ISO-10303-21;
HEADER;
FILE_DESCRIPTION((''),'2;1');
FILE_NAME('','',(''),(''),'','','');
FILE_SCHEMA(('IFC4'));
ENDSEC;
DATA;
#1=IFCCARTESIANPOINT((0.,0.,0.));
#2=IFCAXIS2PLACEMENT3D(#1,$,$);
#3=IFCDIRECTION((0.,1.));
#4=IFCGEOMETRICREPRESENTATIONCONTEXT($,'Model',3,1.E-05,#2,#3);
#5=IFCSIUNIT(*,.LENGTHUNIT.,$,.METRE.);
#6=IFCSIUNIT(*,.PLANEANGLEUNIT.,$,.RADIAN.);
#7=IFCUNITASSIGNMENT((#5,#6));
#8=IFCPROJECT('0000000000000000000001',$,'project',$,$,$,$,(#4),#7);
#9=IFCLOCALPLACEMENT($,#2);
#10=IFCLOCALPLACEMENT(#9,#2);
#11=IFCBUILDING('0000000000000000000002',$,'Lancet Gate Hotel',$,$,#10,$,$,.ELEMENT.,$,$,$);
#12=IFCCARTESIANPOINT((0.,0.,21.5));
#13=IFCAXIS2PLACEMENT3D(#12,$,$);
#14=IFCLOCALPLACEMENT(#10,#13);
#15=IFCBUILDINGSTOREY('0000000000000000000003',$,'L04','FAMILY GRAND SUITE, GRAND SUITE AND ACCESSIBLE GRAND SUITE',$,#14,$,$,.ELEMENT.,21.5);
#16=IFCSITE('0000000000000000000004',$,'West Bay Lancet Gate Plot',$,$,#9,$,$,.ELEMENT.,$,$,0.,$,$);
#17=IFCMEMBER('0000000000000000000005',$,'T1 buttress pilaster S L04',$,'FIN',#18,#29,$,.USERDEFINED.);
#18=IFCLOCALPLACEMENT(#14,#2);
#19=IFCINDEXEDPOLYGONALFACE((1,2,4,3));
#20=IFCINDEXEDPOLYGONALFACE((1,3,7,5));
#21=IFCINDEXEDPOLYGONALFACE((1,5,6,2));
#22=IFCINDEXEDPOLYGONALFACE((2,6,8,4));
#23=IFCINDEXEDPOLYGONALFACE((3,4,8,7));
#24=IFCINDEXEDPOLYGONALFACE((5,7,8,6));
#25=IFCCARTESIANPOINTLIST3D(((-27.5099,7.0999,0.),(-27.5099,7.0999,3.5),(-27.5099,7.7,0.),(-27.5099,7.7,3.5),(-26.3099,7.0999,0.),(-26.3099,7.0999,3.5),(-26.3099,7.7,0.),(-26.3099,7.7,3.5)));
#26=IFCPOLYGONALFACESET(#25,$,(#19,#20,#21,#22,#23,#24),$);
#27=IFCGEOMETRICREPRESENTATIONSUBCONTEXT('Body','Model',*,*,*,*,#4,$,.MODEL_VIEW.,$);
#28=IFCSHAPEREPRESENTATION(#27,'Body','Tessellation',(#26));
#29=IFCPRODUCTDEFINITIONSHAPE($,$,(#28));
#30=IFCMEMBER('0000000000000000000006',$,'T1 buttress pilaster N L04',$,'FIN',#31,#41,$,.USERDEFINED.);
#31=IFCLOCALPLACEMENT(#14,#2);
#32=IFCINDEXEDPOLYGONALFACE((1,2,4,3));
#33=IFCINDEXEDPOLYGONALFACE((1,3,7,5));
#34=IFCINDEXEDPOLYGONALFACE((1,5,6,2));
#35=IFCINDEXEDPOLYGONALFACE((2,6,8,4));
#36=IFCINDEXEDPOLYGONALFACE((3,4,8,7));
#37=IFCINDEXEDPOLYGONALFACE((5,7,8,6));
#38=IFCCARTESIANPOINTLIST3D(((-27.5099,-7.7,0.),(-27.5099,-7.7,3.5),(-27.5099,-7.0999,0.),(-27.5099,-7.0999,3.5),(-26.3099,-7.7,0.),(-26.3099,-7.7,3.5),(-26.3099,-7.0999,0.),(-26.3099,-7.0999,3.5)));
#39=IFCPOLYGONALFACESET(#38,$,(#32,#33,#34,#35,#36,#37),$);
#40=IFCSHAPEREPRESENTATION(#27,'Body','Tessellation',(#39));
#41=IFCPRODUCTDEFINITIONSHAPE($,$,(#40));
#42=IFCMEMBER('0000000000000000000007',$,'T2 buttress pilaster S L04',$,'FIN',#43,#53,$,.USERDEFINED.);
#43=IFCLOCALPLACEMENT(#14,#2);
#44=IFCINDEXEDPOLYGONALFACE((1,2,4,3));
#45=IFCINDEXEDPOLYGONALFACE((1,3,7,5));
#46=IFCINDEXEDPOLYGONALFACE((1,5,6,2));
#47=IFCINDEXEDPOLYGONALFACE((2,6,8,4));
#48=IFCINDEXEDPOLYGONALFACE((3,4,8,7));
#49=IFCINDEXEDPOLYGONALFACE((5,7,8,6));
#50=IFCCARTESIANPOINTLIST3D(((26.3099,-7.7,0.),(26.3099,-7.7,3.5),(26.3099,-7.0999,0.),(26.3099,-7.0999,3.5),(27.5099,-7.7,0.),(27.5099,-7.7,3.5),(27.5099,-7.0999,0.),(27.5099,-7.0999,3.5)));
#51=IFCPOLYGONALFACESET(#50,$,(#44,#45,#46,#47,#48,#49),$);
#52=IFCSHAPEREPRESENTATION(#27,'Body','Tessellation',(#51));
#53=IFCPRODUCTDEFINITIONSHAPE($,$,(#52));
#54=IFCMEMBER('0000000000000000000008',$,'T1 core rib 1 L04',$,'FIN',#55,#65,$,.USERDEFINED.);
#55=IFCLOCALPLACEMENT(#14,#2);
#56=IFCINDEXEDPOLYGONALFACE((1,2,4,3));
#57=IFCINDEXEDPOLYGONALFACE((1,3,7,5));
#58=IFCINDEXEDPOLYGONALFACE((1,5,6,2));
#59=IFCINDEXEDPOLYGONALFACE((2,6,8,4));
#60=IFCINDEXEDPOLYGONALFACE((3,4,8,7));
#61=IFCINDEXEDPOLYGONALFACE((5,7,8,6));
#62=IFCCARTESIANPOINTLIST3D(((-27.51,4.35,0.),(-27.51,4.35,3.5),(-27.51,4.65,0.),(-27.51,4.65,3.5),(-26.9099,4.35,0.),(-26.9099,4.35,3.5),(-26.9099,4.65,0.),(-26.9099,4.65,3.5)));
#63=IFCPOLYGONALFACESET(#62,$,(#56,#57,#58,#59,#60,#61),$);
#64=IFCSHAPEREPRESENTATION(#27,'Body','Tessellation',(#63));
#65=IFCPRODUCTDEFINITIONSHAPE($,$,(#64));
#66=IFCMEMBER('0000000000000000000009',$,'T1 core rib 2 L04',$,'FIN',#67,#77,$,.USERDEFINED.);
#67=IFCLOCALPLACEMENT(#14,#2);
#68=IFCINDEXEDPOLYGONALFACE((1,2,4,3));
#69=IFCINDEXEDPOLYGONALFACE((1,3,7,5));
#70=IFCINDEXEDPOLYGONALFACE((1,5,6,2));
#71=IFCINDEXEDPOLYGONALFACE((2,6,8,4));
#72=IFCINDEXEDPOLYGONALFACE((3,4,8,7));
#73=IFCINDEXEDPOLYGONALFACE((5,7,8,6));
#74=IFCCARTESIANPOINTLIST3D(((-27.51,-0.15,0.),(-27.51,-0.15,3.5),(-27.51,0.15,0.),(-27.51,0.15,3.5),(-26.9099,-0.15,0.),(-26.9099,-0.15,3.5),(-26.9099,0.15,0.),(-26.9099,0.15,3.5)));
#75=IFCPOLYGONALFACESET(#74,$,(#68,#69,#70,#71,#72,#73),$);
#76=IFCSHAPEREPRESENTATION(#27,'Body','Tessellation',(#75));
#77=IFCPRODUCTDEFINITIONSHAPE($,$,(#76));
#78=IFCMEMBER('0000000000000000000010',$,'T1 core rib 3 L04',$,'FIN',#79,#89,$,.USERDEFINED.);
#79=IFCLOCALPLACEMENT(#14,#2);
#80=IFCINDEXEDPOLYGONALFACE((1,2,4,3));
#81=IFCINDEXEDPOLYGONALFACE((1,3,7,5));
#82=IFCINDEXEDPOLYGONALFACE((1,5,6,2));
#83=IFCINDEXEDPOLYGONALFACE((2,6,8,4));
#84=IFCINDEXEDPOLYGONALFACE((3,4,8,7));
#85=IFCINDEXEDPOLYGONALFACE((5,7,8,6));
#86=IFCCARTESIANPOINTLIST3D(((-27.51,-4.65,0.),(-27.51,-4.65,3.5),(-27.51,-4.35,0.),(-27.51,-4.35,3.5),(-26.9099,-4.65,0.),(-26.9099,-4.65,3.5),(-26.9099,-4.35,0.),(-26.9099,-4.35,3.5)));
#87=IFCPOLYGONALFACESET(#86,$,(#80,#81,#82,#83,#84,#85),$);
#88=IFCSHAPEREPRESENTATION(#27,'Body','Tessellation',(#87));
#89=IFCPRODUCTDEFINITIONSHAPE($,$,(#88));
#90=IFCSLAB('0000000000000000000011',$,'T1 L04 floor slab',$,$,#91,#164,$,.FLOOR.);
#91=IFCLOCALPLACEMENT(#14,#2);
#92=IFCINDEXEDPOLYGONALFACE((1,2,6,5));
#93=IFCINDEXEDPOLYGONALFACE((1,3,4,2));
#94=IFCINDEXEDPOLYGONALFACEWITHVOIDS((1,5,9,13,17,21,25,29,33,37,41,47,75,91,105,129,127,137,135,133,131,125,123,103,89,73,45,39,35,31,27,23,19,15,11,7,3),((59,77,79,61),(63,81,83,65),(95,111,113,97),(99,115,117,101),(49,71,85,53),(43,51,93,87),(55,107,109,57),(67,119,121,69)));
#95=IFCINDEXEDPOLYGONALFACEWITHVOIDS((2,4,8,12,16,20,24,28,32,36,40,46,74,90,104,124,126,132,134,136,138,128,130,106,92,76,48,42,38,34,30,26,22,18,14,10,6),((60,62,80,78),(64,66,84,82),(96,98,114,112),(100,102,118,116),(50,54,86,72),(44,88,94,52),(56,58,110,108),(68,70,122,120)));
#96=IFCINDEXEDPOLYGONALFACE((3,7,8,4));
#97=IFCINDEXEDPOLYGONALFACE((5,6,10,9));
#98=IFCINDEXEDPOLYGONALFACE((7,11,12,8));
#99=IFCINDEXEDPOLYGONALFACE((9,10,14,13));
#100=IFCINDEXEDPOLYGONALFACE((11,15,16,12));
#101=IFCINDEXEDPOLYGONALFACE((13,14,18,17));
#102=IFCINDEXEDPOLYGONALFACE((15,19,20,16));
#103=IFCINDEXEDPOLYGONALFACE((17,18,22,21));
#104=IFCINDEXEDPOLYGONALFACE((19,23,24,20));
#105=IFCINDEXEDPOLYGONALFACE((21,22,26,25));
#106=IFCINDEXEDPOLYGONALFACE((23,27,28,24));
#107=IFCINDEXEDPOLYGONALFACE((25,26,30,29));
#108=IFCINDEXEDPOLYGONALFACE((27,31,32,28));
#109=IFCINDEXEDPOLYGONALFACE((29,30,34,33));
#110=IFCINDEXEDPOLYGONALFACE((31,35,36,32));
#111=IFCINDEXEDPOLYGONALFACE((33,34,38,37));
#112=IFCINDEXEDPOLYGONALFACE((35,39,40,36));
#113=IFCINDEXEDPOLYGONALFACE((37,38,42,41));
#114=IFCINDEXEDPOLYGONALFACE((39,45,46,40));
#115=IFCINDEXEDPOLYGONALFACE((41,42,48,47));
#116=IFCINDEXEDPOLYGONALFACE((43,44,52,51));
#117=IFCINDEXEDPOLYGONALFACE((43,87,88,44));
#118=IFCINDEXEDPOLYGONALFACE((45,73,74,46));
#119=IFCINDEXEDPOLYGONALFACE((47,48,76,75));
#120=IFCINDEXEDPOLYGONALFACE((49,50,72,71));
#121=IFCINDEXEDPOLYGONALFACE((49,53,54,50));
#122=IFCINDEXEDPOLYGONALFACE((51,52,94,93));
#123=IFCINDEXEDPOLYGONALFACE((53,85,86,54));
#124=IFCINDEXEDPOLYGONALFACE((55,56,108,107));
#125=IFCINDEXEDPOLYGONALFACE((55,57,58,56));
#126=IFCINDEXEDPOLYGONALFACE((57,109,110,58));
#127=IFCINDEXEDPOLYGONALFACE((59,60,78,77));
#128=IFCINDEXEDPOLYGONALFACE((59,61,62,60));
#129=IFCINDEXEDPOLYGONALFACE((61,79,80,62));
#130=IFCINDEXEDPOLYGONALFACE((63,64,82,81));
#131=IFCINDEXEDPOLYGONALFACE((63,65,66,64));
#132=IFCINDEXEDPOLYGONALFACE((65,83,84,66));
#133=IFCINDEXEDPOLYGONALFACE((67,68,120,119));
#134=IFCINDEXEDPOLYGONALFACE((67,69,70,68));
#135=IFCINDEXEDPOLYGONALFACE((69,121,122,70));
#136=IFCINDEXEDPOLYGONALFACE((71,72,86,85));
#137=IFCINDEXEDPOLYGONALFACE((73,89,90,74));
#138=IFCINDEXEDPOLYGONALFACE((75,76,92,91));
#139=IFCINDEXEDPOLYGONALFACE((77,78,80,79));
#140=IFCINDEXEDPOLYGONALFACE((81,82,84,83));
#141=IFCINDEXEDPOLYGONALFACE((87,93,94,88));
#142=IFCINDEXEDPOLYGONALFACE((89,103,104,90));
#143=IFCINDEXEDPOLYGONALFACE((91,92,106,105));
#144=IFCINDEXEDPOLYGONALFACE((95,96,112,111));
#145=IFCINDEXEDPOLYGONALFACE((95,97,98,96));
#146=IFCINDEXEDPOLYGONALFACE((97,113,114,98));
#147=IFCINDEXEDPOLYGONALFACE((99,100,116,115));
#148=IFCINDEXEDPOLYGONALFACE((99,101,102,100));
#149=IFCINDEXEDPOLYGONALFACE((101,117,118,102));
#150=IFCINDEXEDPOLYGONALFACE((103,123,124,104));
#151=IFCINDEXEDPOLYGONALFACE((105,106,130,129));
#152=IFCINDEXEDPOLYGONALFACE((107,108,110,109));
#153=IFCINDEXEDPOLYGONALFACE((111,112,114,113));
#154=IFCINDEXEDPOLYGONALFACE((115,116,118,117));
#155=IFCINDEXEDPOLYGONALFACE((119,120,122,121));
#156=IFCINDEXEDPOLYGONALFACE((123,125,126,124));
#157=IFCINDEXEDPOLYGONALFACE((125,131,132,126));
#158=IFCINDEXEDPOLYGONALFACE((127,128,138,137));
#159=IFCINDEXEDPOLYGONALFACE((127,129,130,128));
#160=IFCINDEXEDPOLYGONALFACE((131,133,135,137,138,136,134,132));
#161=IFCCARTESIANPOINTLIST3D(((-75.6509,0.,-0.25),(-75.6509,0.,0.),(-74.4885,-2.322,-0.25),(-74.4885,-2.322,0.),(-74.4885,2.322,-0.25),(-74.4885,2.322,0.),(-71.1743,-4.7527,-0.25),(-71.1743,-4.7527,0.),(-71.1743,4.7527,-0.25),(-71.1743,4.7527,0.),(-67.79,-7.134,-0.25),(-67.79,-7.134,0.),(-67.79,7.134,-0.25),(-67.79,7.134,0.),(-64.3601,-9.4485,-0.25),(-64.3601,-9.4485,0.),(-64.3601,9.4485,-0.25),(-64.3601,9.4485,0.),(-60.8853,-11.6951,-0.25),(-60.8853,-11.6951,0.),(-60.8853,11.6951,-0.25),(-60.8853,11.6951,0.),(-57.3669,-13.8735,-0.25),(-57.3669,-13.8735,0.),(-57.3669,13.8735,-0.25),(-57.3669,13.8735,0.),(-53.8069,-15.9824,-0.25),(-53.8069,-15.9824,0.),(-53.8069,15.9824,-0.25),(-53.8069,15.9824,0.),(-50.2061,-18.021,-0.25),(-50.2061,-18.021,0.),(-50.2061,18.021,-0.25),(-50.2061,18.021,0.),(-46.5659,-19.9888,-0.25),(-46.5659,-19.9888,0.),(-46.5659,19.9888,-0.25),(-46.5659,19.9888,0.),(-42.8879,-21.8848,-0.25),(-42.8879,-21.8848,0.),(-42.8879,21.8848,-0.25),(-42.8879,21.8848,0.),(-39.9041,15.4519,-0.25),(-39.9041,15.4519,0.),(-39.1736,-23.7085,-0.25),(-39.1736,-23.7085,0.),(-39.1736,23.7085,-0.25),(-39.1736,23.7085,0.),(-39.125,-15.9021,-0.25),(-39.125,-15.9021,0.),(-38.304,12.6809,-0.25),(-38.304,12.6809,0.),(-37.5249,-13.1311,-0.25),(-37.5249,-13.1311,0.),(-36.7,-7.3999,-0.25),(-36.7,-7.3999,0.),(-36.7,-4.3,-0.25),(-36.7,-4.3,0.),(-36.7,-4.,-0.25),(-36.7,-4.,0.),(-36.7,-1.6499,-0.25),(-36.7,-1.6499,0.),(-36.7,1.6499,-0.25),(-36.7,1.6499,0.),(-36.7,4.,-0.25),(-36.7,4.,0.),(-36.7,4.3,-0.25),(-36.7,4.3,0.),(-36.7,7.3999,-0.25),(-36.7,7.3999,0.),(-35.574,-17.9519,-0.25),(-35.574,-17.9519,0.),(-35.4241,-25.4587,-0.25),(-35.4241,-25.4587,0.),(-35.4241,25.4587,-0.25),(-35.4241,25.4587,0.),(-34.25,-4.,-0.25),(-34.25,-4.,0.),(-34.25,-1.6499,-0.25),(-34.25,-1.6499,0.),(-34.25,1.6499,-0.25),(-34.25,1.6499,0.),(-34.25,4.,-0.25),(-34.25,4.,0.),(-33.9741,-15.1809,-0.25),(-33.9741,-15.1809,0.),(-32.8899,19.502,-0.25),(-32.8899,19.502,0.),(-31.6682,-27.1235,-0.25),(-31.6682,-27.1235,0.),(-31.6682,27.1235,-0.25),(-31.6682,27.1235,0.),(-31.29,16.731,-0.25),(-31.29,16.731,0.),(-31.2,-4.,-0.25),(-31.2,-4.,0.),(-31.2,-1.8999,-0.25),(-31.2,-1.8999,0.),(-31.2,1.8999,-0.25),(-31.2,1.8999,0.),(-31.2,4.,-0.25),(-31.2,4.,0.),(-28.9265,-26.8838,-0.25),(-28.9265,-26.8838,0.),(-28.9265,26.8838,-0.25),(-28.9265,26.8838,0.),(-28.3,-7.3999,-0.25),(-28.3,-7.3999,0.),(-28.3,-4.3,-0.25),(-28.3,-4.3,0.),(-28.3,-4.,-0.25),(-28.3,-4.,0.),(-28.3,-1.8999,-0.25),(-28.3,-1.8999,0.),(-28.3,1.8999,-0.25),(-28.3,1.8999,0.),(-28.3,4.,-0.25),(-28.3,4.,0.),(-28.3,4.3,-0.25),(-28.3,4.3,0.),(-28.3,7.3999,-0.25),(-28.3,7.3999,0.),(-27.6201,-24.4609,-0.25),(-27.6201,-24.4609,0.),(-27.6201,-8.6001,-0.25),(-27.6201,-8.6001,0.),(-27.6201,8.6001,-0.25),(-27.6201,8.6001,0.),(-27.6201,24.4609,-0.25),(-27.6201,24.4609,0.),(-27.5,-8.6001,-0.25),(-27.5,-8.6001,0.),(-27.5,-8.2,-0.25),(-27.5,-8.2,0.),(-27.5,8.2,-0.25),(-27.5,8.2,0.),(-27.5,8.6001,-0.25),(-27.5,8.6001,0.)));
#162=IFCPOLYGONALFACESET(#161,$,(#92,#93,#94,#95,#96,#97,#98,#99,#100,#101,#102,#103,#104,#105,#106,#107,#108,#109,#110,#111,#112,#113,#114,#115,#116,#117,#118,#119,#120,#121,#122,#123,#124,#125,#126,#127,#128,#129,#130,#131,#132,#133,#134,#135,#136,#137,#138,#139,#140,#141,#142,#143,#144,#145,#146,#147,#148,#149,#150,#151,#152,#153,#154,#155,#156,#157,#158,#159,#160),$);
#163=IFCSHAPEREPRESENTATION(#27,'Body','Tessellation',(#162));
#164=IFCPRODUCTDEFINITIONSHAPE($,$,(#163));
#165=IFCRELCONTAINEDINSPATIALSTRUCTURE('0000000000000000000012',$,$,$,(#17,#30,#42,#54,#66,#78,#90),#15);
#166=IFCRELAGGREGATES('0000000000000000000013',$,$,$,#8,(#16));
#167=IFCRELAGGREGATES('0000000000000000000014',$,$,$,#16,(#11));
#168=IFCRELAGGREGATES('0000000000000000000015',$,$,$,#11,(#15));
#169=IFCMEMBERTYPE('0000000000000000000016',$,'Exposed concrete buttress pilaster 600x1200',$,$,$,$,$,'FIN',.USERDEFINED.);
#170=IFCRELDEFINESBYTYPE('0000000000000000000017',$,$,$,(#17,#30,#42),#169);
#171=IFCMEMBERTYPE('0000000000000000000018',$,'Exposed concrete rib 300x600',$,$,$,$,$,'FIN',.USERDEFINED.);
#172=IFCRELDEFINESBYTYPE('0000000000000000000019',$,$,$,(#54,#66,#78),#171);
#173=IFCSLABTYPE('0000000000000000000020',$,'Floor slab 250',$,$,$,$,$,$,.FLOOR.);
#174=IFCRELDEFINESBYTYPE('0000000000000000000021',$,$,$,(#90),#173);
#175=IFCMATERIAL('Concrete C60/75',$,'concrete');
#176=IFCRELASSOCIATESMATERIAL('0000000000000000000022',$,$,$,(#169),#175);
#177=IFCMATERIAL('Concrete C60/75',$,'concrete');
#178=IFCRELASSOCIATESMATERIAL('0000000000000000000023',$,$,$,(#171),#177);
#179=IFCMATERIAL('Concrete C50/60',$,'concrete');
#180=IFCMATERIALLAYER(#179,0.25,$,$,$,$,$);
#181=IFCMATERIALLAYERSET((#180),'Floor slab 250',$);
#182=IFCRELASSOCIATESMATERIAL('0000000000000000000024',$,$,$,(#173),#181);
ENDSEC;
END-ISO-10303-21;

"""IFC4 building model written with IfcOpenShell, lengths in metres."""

from ifc_helpers import new_model, si_unit, direction, frame, origin, origin_2d, place, context, subcontext, project, spatial, polyline, rectangle, outline, extrude, material, layer, layer_set, material_profile, profile_set, type_object, element, save


model = new_model("IFC4")

# Units and contexts
model_context = context("Model", 3, precision=1e-05, world=origin(), true_north=direction((0.0, 1.0)))
body_context = subcontext(model_context, "Body", "Model", "MODEL_VIEW")
ifc_project = project(units=[si_unit("LENGTHUNIT", "METRE"), si_unit("PLANEANGLEUNIT", "RADIAN")], contexts=[model_context])

# Site, building, storey
site_placement = place(None, origin())
site = spatial("IfcSite", under=ifc_project, at=site_placement, Name="West Bay Lancet Gate Plot", CompositionType="ELEMENT", RefElevation=0.0)
building_placement = place(site_placement, origin())
building = spatial("IfcBuilding", under=site, at=building_placement, Name="Lancet Gate Hotel", CompositionType="ELEMENT")
storey_placement = place(building_placement, frame((0.0, 0.0, 21.5)))
storey = spatial("IfcBuildingStorey", under=building, at=storey_placement, Name="L04", Description="FAMILY GRAND SUITE, GRAND SUITE AND ACCESSIBLE GRAND SUITE", CompositionType="ELEMENT", Elevation=21.5)

# Members
ifc_material_1 = material(Name="Concrete C60/75", Category="concrete")
ifc_material_profile_1 = material_profile(ifc_material_1, rectangle(XDim=0.6001, YDim=1.2, at=origin_2d()), Name="FIN 600x1200")
ifc_profile_set_1 = profile_set([ifc_material_profile_1], Name="Concrete C60/75")
member_type_1 = type_object("IfcMemberType", Name="Exposed concrete buttress pilaster 600x1200", ElementType="FIN", PredefinedType="USERDEFINED", material=ifc_profile_set_1)
for number, where, z_axis, x_axis, name in (
    (1, (-26.9099, 7.3999, 0.0), (0.0, 0.0, 1.0), (0.0, 1.0, 0.0), "T1 buttress pilaster S L04"),
    (2, (-26.9099, -7.3999, 0.0), (0.0, 0.0, 1.0), (0.0, 1.0, 0.0), "T1 buttress pilaster N L04"),
    (3, (26.9099, -7.3999, 0.0), (0.0, 0.0, 1.0), (0.0, 1.0, 0.0), "T2 buttress pilaster S L04"),
):
    element("IfcMember", number, at=place(storey_placement, frame(where, z_axis=z_axis, x_axis=x_axis)), inside=storey, type_object=member_type_1, Name=name, ObjectType="FIN", PredefinedType="USERDEFINED", context=body_context, shape_type="SweptSolid", body=[
        extrude(rectangle(XDim=0.6001, YDim=1.2, at=origin_2d()), origin(), (0.0, 0.0, 1.0), 3.5),
    ])
ifc_material_2 = material(Name="Concrete C60/75", Category="concrete")
ifc_material_profile_2 = material_profile(ifc_material_2, rectangle(XDim=0.3, YDim=0.6001, at=origin_2d()), Name="FIN 300x600")
ifc_profile_set_2 = profile_set([ifc_material_profile_2], Name="Concrete C60/75")
member_type_2 = type_object("IfcMemberType", Name="Exposed concrete rib 300x600", ElementType="FIN", PredefinedType="USERDEFINED", material=ifc_profile_set_2)
for number, where, z_axis, x_axis, name in (
    (4, (-27.21, 4.5, 0.0), (0.0, 0.0, 1.0), (0.0, 1.0, 0.0), "T1 core rib 1 L04"),
    (5, (-27.21, 0.0, 0.0), (0.0, 0.0, 1.0), (0.0, 1.0, 0.0), "T1 core rib 2 L04"),
    (6, (-27.21, -4.5, 0.0), (0.0, 0.0, 1.0), (0.0, 1.0, 0.0), "T1 core rib 3 L04"),
):
    element("IfcMember", number, at=place(storey_placement, frame(where, z_axis=z_axis, x_axis=x_axis)), inside=storey, type_object=member_type_2, Name=name, ObjectType="FIN", PredefinedType="USERDEFINED", context=body_context, shape_type="SweptSolid", body=[
        extrude(rectangle(XDim=0.3, YDim=0.6001, at=origin_2d()), origin(), (0.0, 0.0, 1.0), 3.5),
    ])

# Slab
ifc_material_3 = material(Name="Concrete C50/60", Category="concrete")
ifc_layer_1 = layer(ifc_material_3, 0.25)
ifc_layer_set_1 = layer_set([ifc_layer_1], Name="Floor slab 250")
slab_type_1 = type_object("IfcSlabType", Name="Floor slab 250", PredefinedType="FLOOR", material=ifc_layer_set_1)
slab_1_placement = place(storey_placement, frame((0.0, 0.0, -0.25)))
element("IfcSlab", 7, at=slab_1_placement, inside=storey, type_object=slab_type_1, Name="T1 L04 floor slab", PredefinedType="FLOOR", context=body_context, shape_type="SweptSolid", body=[
    extrude(outline(polyline([(-27.5, 8.6001), (-27.6201, 8.6001), (-27.6201, 24.4609), (-28.9265, 26.8838), (-31.6682, 27.1235), (-35.4241, 25.4587), (-39.1736, 23.7085), (-42.8879, 21.8848), (-46.5659, 19.9888), (-50.2061, 18.021), (-53.8069, 15.9824), (-57.3669, 13.8735), (-60.8853, 11.6951), (-64.3601, 9.4485), (-67.79, 7.134), (-71.1743, 4.7527), (-74.4885, 2.322), (-75.6509, 0.0), (-74.4885, -2.322), (-71.1743, -4.7527), (-67.79, -7.134), (-64.3601, -9.4485), (-60.8853, -11.6951), (-57.3669, -13.8735), (-53.8069, -15.9824), (-50.2061, -18.021), (-46.5659, -19.9888), (-42.8879, -21.8848), (-39.1736, -23.7085), (-35.4241, -25.4587), (-31.6682, -27.1235), (-28.9265, -26.8838), (-27.6201, -24.4609), (-27.6201, -8.6001), (-27.5, -8.6001), (-27.5, -8.2), (-27.5, 8.2), (-27.5, 8.6001)]), holes=[polyline([(-36.7, 7.3999), (-36.7, 4.3), (-28.3, 4.3), (-28.3, 7.3999), (-36.7, 7.3999)]), polyline([(-28.3, 4.0), (-31.2, 4.0), (-31.2, 1.8999), (-28.3, 1.8999), (-28.3, 4.0)]), polyline([(-34.25, 4.0), (-36.7, 4.0), (-36.7, 1.6499), (-34.25, 1.6499), (-34.25, 4.0)]), polyline([(-36.7, -1.6499), (-36.7, -4.0), (-34.25, -4.0), (-34.25, -1.6499), (-36.7, -1.6499)]), polyline([(-28.3, -1.8999), (-31.2, -1.8999), (-31.2, -4.0), (-28.3, -4.0), (-28.3, -1.8999)]), polyline([(-28.3, -4.3), (-36.7, -4.3), (-36.7, -7.3999), (-28.3, -7.3999), (-28.3, -4.3)]), polyline([(-31.29, 16.731), (-32.8899, 19.502), (-39.9041, 15.4519), (-38.304, 12.6809), (-31.29, 16.731)]), polyline([(-33.9741, -15.1809), (-37.5249, -13.1311), (-39.125, -15.9021), (-35.574, -17.9519), (-33.9741, -15.1809)])]), origin(), (0.0, 0.0, 1.0), 0.25),
])

save(model, "model.ifc")
